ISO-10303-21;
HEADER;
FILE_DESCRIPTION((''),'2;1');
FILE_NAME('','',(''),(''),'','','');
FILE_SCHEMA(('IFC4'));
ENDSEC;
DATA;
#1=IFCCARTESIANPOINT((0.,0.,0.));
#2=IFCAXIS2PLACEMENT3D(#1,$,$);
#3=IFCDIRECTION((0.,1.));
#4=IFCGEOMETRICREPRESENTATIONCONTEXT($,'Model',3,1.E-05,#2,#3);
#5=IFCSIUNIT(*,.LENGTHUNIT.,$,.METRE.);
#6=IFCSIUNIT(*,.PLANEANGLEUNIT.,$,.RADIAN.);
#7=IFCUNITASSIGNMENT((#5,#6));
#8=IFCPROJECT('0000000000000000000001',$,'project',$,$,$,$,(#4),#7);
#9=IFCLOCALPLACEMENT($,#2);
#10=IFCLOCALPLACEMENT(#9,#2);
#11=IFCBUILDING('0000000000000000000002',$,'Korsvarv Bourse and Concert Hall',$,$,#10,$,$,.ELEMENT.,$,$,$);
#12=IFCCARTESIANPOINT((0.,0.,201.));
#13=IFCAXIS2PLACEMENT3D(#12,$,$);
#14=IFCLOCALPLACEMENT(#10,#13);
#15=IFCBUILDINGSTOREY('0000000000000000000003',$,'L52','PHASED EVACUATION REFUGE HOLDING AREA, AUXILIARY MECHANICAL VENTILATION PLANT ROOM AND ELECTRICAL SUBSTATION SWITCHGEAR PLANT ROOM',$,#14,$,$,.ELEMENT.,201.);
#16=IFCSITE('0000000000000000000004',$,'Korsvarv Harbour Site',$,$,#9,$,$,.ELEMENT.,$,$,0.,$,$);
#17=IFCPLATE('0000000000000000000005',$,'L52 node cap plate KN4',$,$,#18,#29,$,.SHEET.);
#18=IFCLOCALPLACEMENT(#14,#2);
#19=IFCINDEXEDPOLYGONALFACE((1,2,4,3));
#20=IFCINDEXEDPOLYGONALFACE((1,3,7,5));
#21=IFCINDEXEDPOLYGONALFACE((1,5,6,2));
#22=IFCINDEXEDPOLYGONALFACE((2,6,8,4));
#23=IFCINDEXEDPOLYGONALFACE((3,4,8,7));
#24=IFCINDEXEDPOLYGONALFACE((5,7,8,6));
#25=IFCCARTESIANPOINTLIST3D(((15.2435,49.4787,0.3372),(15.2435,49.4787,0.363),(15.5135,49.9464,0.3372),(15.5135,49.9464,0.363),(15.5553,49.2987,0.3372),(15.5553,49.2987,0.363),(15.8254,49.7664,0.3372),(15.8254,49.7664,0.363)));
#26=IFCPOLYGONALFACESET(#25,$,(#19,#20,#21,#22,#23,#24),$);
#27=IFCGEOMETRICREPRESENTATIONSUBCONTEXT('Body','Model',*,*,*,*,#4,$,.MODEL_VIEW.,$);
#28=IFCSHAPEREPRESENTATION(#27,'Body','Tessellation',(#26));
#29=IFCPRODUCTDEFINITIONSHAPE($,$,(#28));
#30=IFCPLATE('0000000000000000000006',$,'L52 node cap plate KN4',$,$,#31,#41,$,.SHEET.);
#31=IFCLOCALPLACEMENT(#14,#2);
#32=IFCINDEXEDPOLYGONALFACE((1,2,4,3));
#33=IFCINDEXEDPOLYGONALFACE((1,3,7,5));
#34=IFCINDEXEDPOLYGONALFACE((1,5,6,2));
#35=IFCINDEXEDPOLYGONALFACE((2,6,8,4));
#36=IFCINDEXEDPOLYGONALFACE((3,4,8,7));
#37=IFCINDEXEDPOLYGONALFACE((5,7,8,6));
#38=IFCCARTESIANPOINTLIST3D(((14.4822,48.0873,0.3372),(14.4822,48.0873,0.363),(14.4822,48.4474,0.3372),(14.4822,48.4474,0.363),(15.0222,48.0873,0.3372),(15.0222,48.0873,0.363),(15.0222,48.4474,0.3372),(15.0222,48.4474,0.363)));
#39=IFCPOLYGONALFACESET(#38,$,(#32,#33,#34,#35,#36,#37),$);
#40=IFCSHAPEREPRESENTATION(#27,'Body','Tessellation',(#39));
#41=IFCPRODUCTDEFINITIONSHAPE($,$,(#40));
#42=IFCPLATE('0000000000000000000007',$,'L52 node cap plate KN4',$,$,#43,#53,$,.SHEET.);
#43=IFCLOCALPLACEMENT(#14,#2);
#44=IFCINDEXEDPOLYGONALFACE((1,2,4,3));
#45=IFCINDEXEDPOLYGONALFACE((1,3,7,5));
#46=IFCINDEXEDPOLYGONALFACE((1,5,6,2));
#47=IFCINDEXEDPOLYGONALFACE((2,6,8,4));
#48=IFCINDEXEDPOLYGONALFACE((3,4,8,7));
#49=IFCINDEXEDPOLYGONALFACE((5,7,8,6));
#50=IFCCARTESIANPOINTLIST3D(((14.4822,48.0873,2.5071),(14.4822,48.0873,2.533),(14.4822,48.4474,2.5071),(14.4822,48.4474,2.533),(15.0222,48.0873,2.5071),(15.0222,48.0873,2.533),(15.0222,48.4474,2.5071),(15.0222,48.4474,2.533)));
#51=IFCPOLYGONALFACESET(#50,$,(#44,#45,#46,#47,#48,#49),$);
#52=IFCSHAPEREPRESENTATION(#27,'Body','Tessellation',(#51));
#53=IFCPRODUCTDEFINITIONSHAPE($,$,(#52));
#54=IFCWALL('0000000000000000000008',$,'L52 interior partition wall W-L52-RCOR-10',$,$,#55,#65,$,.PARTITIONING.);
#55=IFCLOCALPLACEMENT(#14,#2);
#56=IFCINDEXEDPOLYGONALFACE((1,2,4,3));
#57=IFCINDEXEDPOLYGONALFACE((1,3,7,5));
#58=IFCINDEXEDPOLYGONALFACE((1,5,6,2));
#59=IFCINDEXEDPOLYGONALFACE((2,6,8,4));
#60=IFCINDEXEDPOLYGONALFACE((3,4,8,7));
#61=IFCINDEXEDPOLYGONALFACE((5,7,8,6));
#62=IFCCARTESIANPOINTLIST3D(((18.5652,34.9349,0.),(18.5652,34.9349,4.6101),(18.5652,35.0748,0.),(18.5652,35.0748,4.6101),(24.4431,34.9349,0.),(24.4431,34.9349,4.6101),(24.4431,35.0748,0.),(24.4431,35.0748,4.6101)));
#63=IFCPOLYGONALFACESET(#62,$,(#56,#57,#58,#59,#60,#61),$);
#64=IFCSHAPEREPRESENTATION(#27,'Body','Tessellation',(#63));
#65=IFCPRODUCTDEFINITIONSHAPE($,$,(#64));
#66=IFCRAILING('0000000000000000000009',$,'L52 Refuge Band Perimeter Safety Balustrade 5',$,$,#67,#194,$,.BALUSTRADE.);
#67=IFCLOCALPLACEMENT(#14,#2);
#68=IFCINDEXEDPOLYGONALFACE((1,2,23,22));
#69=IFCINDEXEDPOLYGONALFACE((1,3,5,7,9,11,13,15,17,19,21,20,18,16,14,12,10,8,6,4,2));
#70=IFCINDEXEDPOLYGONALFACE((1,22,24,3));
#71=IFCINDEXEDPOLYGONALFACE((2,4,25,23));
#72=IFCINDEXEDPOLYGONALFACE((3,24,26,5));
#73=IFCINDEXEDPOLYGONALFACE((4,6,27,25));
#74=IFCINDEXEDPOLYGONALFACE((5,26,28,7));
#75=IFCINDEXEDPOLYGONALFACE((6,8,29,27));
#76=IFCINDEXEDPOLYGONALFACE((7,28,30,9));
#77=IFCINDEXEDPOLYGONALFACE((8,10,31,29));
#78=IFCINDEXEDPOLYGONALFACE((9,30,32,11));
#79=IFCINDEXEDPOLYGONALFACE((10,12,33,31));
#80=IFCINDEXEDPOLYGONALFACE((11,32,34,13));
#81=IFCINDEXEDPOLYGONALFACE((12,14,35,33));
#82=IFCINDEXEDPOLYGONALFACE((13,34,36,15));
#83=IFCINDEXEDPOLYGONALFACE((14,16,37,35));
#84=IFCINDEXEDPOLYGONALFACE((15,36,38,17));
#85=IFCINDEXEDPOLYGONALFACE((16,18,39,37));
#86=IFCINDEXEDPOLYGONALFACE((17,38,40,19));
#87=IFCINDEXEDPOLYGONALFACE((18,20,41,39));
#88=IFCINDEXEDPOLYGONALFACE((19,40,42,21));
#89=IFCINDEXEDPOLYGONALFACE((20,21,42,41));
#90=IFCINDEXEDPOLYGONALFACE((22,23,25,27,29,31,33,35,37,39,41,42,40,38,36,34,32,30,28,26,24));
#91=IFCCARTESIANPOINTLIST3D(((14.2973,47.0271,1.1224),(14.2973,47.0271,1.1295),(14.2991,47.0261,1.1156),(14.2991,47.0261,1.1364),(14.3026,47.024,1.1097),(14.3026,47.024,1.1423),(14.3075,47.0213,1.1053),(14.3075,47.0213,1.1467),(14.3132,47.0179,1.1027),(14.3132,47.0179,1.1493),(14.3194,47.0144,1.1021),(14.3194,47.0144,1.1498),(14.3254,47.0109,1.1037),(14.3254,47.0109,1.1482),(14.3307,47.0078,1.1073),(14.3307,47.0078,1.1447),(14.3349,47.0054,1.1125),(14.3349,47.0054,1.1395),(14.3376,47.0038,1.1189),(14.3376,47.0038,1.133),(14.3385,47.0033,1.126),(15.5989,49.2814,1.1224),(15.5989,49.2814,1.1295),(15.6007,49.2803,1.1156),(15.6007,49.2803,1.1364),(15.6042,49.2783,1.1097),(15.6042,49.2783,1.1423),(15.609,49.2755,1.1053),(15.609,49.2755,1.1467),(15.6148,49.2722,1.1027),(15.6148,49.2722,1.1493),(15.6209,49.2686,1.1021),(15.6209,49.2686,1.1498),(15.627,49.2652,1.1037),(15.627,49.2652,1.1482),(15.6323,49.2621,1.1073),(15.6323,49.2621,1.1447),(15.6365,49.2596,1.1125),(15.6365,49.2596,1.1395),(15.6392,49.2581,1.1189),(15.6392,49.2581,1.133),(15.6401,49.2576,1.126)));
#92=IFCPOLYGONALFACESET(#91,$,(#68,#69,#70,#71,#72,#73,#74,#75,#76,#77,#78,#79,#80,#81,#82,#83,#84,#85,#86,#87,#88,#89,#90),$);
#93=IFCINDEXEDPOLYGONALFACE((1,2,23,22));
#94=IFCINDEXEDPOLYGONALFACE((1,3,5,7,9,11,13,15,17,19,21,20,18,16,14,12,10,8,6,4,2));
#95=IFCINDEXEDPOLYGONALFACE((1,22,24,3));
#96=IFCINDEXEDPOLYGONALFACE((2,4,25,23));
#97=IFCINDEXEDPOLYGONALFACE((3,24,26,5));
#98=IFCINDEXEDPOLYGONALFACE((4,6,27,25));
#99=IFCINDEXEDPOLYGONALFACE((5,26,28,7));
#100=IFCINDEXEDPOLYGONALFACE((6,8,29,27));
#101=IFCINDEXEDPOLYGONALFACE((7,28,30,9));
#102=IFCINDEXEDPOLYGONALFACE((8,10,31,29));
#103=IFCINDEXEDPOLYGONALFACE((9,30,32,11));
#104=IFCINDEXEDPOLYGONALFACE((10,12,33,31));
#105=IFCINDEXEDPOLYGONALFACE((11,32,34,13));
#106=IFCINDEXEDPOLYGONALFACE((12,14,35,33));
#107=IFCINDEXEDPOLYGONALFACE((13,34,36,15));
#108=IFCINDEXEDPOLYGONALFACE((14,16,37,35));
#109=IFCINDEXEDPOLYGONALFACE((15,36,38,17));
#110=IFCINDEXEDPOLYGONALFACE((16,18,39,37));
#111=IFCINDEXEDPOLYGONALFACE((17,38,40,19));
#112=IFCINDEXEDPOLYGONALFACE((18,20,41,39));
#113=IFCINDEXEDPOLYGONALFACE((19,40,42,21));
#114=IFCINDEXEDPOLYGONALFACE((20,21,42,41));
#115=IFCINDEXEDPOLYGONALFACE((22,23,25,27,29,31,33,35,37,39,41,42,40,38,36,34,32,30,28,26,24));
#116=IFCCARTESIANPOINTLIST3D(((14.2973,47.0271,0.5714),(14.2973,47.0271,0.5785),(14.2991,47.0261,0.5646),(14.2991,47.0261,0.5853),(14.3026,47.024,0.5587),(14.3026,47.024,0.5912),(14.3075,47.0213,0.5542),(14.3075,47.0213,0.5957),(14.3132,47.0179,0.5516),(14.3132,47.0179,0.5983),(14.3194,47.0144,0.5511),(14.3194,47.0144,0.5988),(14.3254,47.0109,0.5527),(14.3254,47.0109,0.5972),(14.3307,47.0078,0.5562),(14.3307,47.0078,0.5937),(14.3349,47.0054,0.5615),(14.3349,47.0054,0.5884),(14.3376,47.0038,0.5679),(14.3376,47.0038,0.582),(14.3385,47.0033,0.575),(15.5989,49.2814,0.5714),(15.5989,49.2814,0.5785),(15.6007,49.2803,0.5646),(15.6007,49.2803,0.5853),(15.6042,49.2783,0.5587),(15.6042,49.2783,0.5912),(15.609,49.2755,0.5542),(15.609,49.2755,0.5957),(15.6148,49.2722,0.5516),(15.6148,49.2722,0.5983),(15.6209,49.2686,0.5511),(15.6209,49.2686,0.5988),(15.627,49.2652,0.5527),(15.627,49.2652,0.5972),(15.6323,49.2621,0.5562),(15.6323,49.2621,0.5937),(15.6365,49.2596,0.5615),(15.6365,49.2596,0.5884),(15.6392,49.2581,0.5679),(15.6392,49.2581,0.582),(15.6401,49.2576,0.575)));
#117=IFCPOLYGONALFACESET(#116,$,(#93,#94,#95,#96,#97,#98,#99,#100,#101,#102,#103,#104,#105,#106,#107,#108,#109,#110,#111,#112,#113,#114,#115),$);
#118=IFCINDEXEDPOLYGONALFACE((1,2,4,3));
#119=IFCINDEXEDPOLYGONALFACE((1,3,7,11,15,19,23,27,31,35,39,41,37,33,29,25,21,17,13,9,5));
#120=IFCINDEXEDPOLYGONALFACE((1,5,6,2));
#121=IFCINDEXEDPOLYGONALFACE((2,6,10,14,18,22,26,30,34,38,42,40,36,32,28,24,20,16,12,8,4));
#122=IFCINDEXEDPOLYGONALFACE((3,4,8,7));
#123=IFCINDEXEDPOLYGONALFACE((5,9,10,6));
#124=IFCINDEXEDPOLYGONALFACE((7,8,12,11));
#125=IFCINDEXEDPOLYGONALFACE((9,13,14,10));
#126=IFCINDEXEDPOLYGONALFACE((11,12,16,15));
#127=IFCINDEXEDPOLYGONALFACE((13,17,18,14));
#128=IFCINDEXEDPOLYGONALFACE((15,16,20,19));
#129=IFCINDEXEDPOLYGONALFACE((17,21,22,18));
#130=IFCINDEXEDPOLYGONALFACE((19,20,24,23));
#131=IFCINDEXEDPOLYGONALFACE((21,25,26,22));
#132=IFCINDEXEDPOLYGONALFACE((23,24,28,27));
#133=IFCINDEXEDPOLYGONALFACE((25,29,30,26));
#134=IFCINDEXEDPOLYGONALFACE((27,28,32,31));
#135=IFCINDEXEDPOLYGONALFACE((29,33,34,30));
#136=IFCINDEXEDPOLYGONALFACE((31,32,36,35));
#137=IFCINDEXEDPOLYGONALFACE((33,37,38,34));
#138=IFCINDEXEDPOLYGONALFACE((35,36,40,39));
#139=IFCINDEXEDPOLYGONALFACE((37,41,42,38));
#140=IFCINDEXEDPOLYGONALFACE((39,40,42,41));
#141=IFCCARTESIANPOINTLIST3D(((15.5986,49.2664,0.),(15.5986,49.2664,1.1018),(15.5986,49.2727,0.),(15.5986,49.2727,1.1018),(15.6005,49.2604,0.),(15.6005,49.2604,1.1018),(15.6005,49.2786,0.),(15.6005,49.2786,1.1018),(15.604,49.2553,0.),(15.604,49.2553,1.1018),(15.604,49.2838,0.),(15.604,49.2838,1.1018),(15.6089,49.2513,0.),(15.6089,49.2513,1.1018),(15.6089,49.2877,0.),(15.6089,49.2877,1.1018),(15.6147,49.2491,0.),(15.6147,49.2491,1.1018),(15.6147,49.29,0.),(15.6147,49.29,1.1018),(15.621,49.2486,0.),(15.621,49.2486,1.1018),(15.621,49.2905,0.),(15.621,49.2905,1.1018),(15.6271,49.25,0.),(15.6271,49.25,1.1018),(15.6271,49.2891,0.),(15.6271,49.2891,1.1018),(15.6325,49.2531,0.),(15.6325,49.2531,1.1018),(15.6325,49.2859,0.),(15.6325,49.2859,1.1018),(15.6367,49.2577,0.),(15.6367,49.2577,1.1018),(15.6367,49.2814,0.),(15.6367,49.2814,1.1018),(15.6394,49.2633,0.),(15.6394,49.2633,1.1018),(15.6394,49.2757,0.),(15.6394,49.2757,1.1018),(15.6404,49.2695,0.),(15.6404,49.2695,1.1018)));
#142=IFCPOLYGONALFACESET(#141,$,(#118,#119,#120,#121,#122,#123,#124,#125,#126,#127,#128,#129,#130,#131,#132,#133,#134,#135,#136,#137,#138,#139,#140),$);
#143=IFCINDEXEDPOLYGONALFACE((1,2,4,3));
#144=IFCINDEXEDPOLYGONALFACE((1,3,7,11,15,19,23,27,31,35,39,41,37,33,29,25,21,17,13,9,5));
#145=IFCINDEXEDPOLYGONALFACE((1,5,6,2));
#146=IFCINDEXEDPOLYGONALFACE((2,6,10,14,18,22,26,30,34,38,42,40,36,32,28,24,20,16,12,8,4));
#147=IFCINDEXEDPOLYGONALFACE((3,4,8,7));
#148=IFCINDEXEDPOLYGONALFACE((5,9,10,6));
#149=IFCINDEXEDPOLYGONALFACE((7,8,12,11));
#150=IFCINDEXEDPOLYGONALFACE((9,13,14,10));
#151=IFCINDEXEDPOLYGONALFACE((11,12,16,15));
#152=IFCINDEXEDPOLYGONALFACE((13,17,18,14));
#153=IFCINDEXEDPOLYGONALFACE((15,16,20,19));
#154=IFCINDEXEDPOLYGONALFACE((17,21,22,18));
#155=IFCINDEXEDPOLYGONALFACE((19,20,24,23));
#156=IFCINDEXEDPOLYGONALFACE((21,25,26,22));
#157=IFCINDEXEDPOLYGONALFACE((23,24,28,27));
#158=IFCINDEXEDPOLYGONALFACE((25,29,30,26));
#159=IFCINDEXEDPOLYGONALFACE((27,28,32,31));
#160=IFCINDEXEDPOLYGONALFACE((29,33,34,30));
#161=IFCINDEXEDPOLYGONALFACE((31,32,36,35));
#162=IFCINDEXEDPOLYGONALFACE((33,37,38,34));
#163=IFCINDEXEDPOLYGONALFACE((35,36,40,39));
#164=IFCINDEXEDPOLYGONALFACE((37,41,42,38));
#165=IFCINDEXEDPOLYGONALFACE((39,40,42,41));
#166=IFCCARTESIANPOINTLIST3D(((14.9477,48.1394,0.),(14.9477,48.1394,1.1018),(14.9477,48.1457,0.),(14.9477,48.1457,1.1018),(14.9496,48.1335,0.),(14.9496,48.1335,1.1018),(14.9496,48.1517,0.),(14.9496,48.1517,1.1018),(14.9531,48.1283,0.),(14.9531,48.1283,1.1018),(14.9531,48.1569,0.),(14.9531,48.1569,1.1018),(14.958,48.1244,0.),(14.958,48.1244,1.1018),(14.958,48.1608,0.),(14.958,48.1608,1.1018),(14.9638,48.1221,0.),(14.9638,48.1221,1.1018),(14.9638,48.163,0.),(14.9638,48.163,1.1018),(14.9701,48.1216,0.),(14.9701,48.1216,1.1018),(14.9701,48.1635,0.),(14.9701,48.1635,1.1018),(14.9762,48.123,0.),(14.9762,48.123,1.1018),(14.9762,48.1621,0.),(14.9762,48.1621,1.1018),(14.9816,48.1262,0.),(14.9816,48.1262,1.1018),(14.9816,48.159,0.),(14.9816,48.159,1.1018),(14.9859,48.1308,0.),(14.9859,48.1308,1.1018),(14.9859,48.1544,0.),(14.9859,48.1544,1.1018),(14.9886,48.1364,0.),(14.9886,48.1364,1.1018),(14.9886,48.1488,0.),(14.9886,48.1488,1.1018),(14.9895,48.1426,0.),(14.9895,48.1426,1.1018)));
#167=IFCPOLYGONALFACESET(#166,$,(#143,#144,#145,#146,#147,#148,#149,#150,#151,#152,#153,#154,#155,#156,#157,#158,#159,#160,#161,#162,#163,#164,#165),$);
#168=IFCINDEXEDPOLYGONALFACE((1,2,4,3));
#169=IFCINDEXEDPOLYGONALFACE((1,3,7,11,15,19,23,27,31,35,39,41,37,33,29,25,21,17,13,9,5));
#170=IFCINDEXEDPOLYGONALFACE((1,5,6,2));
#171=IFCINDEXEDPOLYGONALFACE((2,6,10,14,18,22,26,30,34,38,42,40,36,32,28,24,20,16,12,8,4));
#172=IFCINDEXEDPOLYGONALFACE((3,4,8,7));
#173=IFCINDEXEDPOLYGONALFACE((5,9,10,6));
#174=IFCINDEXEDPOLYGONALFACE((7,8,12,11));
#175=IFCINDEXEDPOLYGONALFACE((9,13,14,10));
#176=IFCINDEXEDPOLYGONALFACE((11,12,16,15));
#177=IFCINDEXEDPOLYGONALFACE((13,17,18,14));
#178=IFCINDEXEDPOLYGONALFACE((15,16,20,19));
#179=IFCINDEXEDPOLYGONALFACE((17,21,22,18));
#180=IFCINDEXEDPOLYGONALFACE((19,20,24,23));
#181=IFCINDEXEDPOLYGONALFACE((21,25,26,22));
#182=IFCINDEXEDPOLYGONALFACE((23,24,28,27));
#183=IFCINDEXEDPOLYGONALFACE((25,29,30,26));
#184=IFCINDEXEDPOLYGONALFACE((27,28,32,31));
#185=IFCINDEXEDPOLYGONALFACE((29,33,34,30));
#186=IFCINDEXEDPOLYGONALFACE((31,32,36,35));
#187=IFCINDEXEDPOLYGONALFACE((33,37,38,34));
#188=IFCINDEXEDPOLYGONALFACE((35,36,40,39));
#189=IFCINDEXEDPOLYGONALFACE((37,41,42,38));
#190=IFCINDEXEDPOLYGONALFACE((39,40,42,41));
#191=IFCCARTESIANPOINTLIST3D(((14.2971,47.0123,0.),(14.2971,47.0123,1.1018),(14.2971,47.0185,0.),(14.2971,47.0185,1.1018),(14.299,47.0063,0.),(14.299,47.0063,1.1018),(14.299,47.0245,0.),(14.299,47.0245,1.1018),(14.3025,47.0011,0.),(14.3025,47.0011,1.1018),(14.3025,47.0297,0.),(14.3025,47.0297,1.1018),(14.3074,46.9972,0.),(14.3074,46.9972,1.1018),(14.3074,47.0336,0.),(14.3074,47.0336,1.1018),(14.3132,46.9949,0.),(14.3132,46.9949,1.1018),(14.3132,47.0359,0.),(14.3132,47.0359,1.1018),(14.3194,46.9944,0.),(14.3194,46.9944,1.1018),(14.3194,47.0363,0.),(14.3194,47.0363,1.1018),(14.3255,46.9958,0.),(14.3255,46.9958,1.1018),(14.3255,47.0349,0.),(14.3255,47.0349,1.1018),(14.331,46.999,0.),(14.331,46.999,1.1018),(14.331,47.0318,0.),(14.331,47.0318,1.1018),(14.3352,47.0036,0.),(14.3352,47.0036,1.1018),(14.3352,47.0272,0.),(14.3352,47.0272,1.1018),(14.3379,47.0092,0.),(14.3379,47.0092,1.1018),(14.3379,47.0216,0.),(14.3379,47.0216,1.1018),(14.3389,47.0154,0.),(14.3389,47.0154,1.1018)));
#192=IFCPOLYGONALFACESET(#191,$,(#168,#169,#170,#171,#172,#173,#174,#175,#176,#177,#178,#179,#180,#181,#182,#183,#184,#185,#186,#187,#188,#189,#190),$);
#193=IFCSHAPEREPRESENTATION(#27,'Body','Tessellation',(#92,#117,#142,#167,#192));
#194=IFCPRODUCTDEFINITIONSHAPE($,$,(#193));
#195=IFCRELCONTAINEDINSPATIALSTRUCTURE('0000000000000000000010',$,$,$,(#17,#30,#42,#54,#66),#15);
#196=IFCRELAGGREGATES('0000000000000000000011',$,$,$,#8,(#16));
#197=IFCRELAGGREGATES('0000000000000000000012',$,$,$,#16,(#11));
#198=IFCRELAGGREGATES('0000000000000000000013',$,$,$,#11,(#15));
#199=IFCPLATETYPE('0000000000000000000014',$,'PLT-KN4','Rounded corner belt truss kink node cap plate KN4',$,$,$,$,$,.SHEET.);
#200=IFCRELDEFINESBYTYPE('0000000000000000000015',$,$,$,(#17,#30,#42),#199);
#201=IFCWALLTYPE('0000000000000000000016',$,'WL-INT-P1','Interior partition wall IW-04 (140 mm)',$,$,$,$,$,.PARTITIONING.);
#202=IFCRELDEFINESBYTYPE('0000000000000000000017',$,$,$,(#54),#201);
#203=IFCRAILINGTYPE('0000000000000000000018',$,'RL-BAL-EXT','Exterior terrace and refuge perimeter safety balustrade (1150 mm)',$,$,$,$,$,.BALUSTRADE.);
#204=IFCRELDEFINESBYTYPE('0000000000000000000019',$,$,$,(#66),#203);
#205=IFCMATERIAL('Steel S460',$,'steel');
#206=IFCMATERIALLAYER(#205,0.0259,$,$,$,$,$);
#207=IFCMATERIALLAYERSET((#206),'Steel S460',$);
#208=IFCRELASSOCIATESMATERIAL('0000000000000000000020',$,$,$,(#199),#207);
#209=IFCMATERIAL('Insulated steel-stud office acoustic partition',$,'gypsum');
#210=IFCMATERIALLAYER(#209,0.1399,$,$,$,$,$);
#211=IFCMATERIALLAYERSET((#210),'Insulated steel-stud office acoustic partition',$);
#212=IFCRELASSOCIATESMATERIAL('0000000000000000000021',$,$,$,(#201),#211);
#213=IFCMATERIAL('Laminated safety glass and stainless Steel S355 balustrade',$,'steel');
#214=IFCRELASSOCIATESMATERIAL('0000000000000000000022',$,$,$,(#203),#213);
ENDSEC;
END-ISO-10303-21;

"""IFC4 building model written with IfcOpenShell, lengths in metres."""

from ifc_helpers import new_model, si_unit, direction, frame, frame_2d, origin, origin_2d, place, context, subcontext, project, spatial, rectangle, circle, extrude, source, transform, mapped, material, layer, layer_set, type_object, element, save


model = new_model("IFC4")

# Units and contexts
model_context = context("Model", 3, precision=1e-05, world=origin(), true_north=direction((0.0, 1.0)))
body_context = subcontext(model_context, "Body", "Model", "MODEL_VIEW")
ifc_project = project(units=[si_unit("LENGTHUNIT", "METRE"), si_unit("PLANEANGLEUNIT", "RADIAN")], contexts=[model_context])

# Site, building, storey
site_placement = place(None, origin())
site = spatial("IfcSite", under=ifc_project, at=site_placement, Name="Korsvarv Harbour Site", CompositionType="ELEMENT", RefElevation=0.0)
building_placement = place(site_placement, origin())
building = spatial("IfcBuilding", under=site, at=building_placement, Name="Korsvarv Bourse and Concert Hall", CompositionType="ELEMENT")
storey_placement = place(building_placement, frame((0.0, 0.0, 201.0)))
storey = spatial("IfcBuildingStorey", under=building, at=storey_placement, Name="L52", Description="PHASED EVACUATION REFUGE HOLDING AREA, AUXILIARY MECHANICAL VENTILATION PLANT ROOM AND ELECTRICAL SUBSTATION SWITCHGEAR PLANT ROOM", CompositionType="ELEMENT", Elevation=201.0)

# Plates
ifc_material_1 = material(Name="Steel S460", Category="steel")
ifc_layer_1 = layer(ifc_material_1, 0.0259)
ifc_layer_set_1 = layer_set([ifc_layer_1], Name="Steel S460")
plate_type_1 = type_object("IfcPlateType", Name="PLT-KN4", Description="Rounded corner belt truss kink node cap plate KN4", PredefinedType="SHEET", material=ifc_layer_set_1)
shared_shape_1 = source(origin(), body_context, "Body", "SweptSolid", [
    extrude(rectangle(XDim=0.54, YDim=0.3601, at=origin_2d()), origin(), (0.0, 0.0, 1.0), 0.0259),
])
for number, where, z_axis, x_axis, name in (
    (1, (15.5344, 49.6226, 0.3372), (0.0, 0.0, 1.0), (0.5, 0.866025, 0.0), "L52 node cap plate KN4"),
    (2, (14.7522, 48.2673, 0.3372), (0.0, 0.0, 1.0), (1.0, 0.0, 0.0), "L52 node cap plate KN4"),
    (3, (14.7522, 48.2673, 2.5071), (0.0, 0.0, 1.0), (1.0, 0.0, 0.0), "L52 node cap plate KN4"),
):
    element("IfcPlate", number, at=place(storey_placement, frame(where, z_axis=z_axis, x_axis=x_axis)), inside=storey, type_object=plate_type_1, Name=name, PredefinedType="SHEET", context=body_context, shape_type="MappedRepresentation", body=[
        mapped(shared_shape_1, transform((0.0, 0.0, 0.0), scale=1.0)),
    ])

# Wall
ifc_material_2 = material(Name="Insulated steel-stud office acoustic partition", Category="gypsum")
ifc_layer_2 = layer(ifc_material_2, 0.1399)
ifc_layer_set_2 = layer_set([ifc_layer_2], Name="Insulated steel-stud office acoustic partition")
wall_type = type_object("IfcWallType", Name="WL-INT-P1", Description="Interior partition wall IW-04 (140 mm)", PredefinedType="PARTITIONING", material=ifc_layer_set_2)
wall_placement = place(storey_placement, frame((18.5652, 35.0049, 0.0), z_axis=(0.0, 0.0, 1.0), x_axis=(1.0, 0.0, 0.0)))
element("IfcWall", 4, at=wall_placement, inside=storey, type_object=wall_type, Name="L52 interior partition wall W-L52-RCOR-10", PredefinedType="PARTITIONING", context=body_context, shape_type="SweptSolid", body=[
    extrude(rectangle(XDim=5.8779, YDim=0.1399, at=frame_2d((2.939, 0.0))), origin(), (0.0, 0.0, 1.0), 4.6101),
])

# Railing
ifc_material_3 = material(Name="Laminated safety glass and stainless Steel S355 balustrade", Category="steel")
railing_type = type_object("IfcRailingType", Name="RL-BAL-EXT", Description="Exterior terrace and refuge perimeter safety balustrade (1150 mm)", PredefinedType="BALUSTRADE", material=ifc_material_3)
railing_1_placement = place(storey_placement, frame((15.6194, 49.2695, 0.0)))
element("IfcRailing", 5, at=railing_1_placement, inside=storey, type_object=railing_type, Name="L52 Refuge Band Perimeter Safety Balustrade 5", PredefinedType="BALUSTRADE", context=body_context, shape_type="SweptSolid", body=[
    extrude(circle(Radius=0.0239, at=origin_2d()), frame((0.0, 0.0, 1.126), z_axis=(-0.500023, -0.866012, 0.0), x_axis=(0.866012, -0.500023, 0.0)), (0.0, 0.0, 1.0), 2.603),
    extrude(circle(Radius=0.0239, at=origin_2d()), frame((0.0, 0.0, 0.575), z_axis=(-0.500023, -0.866012, 0.0), x_axis=(0.866012, -0.500023, 0.0)), (0.0, 0.0, 1.0), 2.603),
    extrude(circle(Radius=0.021, at=origin_2d()), origin(), (0.0, 0.0, 1.0), 1.1018),
    extrude(circle(Radius=0.021, at=origin_2d()), frame((-0.6509, -1.127, 0.0)), (0.0, 0.0, 1.0), 1.1018),
    extrude(circle(Radius=0.021, at=origin_2d()), frame((-1.3015, -2.2542, 0.0)), (0.0, 0.0, 1.0), 1.1018),
])

save(model, "model.ifc")
